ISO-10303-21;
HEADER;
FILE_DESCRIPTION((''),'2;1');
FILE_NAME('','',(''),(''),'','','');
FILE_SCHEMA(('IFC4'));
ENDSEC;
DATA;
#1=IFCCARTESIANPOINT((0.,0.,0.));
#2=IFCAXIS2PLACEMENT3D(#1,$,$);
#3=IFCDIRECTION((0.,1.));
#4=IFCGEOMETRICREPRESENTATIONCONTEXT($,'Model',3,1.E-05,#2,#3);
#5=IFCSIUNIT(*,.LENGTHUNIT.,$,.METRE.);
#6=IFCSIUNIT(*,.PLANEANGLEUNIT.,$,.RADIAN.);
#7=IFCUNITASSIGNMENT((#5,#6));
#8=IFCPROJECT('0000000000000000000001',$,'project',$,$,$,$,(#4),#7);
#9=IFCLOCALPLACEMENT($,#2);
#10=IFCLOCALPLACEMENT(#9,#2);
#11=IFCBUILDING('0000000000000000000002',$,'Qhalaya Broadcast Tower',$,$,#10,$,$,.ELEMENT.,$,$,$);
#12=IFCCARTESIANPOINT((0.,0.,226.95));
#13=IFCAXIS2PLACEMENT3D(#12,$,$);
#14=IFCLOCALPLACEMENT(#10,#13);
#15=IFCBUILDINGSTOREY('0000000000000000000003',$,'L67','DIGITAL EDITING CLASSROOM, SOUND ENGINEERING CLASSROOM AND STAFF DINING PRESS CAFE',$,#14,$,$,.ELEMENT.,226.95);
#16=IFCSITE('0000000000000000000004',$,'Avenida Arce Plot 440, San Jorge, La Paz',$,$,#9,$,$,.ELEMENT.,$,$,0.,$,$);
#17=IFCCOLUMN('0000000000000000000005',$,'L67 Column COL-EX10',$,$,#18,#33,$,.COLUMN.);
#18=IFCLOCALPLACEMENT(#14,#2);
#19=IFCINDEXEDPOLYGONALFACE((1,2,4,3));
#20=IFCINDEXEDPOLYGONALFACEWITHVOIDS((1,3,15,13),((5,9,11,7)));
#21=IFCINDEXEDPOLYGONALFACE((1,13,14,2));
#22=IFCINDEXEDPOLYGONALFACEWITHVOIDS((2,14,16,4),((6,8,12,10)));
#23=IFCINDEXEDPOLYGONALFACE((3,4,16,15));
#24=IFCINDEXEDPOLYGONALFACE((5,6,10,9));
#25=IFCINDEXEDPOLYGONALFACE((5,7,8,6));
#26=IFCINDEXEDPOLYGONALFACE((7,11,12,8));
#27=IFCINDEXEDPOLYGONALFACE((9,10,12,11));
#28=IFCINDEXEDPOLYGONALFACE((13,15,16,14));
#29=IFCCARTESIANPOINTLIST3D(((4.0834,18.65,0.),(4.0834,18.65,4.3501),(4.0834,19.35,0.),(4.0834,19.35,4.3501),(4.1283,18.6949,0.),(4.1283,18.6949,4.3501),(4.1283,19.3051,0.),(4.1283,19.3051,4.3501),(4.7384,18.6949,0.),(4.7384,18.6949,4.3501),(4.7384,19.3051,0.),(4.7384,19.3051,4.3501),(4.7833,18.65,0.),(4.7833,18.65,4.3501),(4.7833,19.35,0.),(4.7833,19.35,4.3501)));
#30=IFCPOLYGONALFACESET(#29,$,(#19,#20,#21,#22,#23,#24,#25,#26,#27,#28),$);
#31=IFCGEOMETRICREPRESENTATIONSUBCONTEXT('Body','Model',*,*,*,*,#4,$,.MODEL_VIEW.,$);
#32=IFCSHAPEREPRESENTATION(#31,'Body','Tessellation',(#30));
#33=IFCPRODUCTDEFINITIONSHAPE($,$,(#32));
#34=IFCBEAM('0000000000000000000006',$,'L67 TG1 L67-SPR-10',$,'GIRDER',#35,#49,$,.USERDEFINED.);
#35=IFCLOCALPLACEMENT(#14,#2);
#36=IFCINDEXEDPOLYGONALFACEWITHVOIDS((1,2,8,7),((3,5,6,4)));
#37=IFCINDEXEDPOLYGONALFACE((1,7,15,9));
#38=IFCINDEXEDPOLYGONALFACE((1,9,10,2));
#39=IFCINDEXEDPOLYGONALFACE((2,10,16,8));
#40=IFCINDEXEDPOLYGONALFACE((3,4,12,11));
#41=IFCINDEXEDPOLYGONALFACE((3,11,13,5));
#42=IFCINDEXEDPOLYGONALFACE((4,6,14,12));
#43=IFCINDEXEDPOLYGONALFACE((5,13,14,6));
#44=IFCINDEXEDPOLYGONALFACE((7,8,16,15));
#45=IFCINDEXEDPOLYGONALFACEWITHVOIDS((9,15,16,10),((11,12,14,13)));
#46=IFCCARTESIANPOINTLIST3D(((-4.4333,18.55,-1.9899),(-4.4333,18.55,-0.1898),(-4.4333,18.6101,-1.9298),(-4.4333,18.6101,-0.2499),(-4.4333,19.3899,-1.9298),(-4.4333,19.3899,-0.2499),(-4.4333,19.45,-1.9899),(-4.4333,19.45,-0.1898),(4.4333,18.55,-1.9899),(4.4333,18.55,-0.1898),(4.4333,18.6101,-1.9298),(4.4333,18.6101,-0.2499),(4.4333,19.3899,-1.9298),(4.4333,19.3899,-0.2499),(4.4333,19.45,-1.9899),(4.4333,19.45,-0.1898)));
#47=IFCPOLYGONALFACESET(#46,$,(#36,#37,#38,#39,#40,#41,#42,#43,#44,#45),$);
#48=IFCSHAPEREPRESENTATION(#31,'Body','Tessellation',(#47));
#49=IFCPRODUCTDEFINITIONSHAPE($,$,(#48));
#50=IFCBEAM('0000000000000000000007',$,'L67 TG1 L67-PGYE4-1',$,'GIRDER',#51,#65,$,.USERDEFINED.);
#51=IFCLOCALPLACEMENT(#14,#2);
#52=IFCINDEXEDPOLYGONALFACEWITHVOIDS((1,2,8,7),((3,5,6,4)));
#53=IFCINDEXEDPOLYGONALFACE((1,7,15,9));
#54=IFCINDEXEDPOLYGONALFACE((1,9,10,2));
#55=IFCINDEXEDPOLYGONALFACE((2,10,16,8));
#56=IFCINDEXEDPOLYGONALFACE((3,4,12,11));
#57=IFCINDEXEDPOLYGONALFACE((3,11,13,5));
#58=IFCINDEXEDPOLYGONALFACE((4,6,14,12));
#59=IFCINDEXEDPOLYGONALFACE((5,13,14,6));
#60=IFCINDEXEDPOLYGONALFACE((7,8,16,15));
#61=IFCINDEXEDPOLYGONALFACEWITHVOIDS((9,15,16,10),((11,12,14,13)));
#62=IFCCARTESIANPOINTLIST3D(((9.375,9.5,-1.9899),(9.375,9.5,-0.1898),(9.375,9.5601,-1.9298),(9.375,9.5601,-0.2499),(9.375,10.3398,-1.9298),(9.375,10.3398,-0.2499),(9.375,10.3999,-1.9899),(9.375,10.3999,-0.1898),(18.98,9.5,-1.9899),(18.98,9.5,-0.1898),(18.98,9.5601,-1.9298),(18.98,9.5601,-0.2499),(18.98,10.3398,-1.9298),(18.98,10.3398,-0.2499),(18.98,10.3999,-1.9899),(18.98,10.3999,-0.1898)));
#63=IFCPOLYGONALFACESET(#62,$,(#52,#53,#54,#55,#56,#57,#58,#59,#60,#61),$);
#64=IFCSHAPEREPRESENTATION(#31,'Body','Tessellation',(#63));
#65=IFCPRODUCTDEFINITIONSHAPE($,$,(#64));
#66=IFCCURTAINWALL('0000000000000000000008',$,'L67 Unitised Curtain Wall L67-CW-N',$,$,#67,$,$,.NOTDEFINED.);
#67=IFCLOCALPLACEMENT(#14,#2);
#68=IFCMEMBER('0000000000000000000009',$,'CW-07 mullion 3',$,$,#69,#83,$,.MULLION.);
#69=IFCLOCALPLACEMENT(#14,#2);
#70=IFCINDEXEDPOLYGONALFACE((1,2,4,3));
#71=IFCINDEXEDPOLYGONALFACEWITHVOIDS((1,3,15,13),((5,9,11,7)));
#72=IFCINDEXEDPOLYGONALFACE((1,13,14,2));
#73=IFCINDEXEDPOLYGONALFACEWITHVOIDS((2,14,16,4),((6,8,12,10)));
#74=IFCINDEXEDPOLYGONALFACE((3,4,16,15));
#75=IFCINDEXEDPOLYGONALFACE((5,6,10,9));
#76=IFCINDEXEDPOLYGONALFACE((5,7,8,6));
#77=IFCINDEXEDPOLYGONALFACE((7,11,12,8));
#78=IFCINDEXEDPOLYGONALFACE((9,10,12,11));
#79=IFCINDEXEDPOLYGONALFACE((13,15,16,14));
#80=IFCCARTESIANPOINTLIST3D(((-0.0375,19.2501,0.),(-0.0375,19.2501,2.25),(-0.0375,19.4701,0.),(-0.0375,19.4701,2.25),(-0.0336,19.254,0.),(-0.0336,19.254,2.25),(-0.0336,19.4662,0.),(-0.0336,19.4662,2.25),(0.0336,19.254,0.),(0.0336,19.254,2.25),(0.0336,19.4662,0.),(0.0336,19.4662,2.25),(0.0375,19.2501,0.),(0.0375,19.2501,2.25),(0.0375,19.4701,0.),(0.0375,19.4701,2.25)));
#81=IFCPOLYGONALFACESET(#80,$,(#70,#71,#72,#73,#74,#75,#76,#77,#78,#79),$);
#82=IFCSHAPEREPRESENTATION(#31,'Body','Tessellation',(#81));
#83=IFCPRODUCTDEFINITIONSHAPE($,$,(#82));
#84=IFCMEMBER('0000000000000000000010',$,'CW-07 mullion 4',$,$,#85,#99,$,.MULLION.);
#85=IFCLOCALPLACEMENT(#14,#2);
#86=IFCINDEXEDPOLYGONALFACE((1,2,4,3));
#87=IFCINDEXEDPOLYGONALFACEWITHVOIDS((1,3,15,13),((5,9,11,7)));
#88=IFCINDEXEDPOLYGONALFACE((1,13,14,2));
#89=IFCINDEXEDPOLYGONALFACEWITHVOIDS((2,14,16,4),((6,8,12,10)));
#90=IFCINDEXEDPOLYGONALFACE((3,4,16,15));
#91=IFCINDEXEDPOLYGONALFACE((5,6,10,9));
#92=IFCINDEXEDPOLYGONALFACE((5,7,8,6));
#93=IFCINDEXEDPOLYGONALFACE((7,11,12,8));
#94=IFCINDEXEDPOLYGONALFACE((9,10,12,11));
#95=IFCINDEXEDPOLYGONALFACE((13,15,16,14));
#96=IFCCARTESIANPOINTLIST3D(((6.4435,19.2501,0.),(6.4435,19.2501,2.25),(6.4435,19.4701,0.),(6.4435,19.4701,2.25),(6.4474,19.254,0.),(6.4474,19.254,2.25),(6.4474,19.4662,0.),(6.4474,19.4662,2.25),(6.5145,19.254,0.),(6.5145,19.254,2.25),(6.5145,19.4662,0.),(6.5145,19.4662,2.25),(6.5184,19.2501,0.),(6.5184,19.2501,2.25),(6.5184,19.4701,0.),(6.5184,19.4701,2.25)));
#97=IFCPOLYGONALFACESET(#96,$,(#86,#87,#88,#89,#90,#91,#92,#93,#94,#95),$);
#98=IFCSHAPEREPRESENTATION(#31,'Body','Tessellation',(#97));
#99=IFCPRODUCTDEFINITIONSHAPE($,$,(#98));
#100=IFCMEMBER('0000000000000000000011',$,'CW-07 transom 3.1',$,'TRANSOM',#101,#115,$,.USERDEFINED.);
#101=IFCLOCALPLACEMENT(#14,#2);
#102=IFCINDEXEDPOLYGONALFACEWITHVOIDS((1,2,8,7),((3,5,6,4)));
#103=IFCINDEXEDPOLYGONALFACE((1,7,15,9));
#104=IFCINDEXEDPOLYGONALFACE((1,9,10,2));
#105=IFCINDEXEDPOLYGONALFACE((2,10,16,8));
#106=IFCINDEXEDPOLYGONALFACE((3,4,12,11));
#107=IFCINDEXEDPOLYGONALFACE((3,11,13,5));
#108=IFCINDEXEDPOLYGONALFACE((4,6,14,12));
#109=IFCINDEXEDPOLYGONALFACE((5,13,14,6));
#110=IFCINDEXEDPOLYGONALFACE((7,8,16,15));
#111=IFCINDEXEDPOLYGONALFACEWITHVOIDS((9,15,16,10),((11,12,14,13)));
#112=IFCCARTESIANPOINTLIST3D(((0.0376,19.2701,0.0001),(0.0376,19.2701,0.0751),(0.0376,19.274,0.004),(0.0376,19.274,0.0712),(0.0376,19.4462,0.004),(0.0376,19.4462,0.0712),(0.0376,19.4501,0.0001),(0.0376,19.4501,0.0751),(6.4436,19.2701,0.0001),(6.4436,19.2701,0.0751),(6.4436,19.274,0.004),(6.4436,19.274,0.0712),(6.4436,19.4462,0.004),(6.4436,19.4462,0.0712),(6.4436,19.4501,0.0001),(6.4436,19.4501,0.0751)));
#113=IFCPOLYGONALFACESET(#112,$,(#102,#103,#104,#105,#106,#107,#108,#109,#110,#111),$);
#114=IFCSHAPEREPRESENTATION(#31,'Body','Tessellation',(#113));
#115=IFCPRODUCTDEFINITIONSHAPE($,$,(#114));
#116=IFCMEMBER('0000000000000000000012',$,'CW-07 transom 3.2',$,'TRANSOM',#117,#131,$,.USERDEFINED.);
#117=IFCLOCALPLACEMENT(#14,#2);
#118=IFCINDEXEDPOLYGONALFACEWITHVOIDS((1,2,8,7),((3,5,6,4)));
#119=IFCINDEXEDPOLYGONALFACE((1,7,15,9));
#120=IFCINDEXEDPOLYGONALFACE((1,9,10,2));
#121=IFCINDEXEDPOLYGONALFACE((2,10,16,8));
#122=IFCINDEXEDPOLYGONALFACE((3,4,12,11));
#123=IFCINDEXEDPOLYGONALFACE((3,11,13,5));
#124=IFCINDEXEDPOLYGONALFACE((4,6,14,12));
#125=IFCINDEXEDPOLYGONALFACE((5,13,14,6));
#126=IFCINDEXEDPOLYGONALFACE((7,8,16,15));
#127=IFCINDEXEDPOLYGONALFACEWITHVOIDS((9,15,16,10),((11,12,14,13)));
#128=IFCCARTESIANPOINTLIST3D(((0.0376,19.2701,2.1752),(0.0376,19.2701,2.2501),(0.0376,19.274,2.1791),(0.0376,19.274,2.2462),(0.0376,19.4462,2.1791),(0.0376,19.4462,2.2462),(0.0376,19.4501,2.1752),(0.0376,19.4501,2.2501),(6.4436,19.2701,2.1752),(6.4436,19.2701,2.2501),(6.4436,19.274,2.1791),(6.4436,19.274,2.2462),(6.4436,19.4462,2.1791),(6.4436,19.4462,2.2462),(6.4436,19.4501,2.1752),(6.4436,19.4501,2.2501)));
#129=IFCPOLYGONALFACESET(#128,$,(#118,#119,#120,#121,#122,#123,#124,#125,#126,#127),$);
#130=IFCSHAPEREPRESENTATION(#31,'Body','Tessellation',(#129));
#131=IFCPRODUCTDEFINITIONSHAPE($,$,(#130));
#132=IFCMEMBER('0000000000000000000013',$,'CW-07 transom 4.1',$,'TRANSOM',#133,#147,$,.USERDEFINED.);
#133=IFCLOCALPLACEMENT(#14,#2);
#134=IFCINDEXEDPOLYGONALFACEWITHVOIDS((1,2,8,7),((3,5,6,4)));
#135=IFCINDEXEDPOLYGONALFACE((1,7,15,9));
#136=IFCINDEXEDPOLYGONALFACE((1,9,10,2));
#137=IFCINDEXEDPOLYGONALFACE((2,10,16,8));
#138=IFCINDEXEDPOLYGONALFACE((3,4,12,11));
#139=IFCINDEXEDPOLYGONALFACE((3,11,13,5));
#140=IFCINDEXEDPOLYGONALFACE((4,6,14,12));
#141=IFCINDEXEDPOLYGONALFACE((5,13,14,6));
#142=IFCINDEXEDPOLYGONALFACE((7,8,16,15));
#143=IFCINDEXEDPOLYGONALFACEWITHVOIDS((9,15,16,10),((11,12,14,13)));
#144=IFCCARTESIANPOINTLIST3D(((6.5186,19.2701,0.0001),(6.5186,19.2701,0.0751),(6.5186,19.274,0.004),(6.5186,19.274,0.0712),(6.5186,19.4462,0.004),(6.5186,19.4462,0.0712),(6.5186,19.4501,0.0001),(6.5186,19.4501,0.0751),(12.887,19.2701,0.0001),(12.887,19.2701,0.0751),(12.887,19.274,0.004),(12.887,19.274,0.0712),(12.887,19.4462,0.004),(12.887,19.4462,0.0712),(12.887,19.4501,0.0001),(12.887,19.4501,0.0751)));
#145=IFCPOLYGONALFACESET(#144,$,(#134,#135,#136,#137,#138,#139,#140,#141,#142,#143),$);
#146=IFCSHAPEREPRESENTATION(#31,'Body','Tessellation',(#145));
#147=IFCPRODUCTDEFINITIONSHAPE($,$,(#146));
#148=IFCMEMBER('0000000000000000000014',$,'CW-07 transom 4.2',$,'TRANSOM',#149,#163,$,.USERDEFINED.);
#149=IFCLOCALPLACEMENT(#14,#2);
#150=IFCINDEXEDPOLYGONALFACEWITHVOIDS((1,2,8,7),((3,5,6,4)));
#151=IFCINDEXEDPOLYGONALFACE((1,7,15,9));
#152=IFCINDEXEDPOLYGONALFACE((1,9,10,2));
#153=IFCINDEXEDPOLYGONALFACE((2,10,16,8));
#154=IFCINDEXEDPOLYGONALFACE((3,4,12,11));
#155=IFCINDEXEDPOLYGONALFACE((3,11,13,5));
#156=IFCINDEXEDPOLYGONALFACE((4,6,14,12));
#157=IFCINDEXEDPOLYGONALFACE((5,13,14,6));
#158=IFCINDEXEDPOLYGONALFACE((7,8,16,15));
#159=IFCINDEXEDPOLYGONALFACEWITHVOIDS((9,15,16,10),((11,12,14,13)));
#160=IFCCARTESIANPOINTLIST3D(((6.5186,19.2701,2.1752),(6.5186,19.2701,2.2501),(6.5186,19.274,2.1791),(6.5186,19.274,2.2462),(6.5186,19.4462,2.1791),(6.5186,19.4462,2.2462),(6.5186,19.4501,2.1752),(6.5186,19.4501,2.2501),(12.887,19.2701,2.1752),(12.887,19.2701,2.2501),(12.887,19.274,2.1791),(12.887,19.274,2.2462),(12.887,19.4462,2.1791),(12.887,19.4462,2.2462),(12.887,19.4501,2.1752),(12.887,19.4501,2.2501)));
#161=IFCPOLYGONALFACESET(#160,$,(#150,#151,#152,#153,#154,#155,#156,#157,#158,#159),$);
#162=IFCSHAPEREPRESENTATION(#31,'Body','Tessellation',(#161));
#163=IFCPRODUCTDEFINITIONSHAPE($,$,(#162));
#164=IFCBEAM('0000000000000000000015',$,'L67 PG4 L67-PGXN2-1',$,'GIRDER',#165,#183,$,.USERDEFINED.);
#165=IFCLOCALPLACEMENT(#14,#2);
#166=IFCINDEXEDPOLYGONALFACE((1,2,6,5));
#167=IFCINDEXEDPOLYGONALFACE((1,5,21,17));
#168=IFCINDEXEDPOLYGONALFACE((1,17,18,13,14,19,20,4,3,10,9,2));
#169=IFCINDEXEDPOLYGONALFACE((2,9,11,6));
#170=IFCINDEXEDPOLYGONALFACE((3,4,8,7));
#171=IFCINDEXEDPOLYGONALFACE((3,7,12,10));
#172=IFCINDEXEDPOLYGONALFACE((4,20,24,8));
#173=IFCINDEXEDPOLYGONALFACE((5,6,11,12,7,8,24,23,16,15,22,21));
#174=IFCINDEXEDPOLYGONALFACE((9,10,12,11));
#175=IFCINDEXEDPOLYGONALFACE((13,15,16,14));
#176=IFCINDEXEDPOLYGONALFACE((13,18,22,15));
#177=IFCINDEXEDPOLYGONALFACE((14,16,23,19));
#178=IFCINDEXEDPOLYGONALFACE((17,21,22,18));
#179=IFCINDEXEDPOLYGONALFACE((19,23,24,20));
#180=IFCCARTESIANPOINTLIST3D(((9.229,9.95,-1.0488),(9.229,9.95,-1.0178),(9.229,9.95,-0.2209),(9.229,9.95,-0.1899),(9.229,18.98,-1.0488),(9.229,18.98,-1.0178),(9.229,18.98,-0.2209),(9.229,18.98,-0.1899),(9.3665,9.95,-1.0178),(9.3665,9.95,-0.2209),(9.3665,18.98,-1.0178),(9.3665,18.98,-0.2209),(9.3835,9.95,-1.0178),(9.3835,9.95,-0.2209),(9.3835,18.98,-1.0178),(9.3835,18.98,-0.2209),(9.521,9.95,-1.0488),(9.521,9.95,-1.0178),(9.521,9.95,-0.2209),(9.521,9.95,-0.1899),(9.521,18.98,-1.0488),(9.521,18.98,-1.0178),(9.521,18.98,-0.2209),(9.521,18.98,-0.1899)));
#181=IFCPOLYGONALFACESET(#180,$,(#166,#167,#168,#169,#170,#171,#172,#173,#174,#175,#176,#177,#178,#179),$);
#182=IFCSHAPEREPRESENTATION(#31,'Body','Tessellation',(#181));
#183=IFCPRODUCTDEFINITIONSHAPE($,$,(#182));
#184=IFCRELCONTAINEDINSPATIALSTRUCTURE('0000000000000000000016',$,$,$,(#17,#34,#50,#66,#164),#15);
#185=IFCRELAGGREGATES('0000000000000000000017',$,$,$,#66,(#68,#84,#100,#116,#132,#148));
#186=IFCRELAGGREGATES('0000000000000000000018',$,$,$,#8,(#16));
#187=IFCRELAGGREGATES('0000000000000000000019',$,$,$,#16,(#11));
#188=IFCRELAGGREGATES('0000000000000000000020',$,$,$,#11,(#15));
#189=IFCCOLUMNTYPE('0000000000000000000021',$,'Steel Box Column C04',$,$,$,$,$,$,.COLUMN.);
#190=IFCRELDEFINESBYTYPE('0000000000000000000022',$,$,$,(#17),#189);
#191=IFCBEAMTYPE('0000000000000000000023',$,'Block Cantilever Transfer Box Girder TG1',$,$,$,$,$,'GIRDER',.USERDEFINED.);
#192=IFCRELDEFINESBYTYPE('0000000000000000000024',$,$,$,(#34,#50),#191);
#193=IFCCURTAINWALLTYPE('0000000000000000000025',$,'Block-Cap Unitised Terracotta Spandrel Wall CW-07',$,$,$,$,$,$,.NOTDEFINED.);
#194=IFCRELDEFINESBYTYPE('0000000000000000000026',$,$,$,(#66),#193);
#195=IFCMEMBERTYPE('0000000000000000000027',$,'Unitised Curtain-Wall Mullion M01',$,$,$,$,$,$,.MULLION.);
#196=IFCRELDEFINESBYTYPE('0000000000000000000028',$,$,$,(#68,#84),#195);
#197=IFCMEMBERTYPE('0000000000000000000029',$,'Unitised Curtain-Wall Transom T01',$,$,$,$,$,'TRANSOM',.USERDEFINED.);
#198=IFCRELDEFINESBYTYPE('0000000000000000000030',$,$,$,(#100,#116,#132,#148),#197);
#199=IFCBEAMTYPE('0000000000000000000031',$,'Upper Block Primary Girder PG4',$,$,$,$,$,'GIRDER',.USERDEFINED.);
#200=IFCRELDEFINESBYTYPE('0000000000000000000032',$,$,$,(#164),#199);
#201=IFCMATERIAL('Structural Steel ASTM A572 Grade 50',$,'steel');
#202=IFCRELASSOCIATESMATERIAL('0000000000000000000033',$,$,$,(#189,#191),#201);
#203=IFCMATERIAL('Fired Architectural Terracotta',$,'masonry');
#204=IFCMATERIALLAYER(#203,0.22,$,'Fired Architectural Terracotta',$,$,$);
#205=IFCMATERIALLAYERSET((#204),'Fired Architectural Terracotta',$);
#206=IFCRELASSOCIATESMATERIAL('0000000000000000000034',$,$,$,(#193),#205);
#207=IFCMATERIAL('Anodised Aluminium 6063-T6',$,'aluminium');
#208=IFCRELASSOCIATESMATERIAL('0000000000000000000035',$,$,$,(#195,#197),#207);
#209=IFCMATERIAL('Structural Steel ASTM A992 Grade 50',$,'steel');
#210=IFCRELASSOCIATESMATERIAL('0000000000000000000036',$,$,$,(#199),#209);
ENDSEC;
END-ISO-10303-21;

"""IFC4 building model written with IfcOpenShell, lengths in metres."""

from ifc_helpers import new_model, si_unit, direction, frame, origin, origin_2d, place, context, subcontext, project, spatial, hollow_rectangle, i_section, extrude, material, layer, layer_set, material_profile, profile_set, type_object, element, aggregate, save


model = new_model("IFC4")

# Units and contexts
model_context = context("Model", 3, precision=1e-05, world=origin(), true_north=direction((0.0, 1.0)))
body_context = subcontext(model_context, "Body", "Model", "MODEL_VIEW")
ifc_project = project(units=[si_unit("LENGTHUNIT", "METRE"), si_unit("PLANEANGLEUNIT", "RADIAN")], contexts=[model_context])

# Site, building, storey
site_placement = place(None, origin())
site = spatial("IfcSite", under=ifc_project, at=site_placement, Name="Avenida Arce Plot 440, San Jorge, La Paz", CompositionType="ELEMENT", RefElevation=0.0)
building_placement = place(site_placement, origin())
building = spatial("IfcBuilding", under=site, at=building_placement, Name="Qhalaya Broadcast Tower", CompositionType="ELEMENT")
storey_placement = place(building_placement, frame((0.0, 0.0, 226.95)))
storey = spatial("IfcBuildingStorey", under=building, at=storey_placement, Name="L67", Description="DIGITAL EDITING CLASSROOM, SOUND ENGINEERING CLASSROOM AND STAFF DINING PRESS CAFE", CompositionType="ELEMENT", Elevation=226.95)

# Column
ifc_material_1 = material(Name="Structural Steel ASTM A572 Grade 50", Category="steel")
ifc_material_profile_1 = material_profile(ifc_material_1, hollow_rectangle(XDim=0.7, YDim=0.7, WallThickness=0.0449, at=origin_2d()), Name="BOX 700x700x45")
ifc_profile_set_1 = profile_set([ifc_material_profile_1], Name="Structural Steel ASTM A572 Grade 50")
column_type = type_object("IfcColumnType", Name="Steel Box Column C04", PredefinedType="COLUMN", material=ifc_profile_set_1)
column_placement = place(storey_placement, frame((4.4333, 19.0, 0.0), z_axis=(0.0, 0.0, 1.0), x_axis=(1.0, 0.0, 0.0)))
element("IfcColumn", 1, at=column_placement, inside=storey, type_object=column_type, Name="L67 Column COL-EX10", PredefinedType="COLUMN", context=body_context, shape_type="SweptSolid", body=[
    extrude(hollow_rectangle(XDim=0.7, YDim=0.7, WallThickness=0.0449, at=origin_2d()), origin(), (0.0, 0.0, 1.0), 4.3501),
])

# Beams
ifc_material_profile_2 = material_profile(ifc_material_1, hollow_rectangle(XDim=0.8999, YDim=1.8, WallThickness=0.0601, at=origin_2d()), Name="BOX 900x1800x60")
ifc_profile_set_2 = profile_set([ifc_material_profile_2], Name="Structural Steel ASTM A572 Grade 50")
beam_type_1 = type_object("IfcBeamType", Name="Block Cantilever Transfer Box Girder TG1", ElementType="GIRDER", PredefinedType="USERDEFINED", material=ifc_profile_set_2)
beam_1_placement = place(storey_placement, frame((4.4333, 19.0, -1.0898), z_axis=(-1.0, 0.0, 0.0), x_axis=(0.0, -1.0, 0.0)))
element("IfcBeam", 2, at=beam_1_placement, inside=storey, type_object=beam_type_1, Name="L67 TG1 L67-SPR-10", ObjectType="GIRDER", PredefinedType="USERDEFINED", context=body_context, shape_type="SweptSolid", body=[
    extrude(hollow_rectangle(XDim=0.8999, YDim=1.8, WallThickness=0.0601, at=origin_2d()), origin(), (0.0, 0.0, 1.0), 8.8667),
])
beam_2_placement = place(storey_placement, frame((9.375, 9.95, -1.0898), z_axis=(1.0, 0.0, 0.0), x_axis=(0.0, 1.0, 0.0)))
element("IfcBeam", 3, at=beam_2_placement, inside=storey, type_object=beam_type_1, Name="L67 TG1 L67-PGYE4-1", ObjectType="GIRDER", PredefinedType="USERDEFINED", context=body_context, shape_type="SweptSolid", body=[
    extrude(hollow_rectangle(XDim=0.8999, YDim=1.8, WallThickness=0.0601, at=origin_2d()), origin(), (0.0, 0.0, 1.0), 9.605),
])

# Curtain wall, members
ifc_material_2 = material(Name="Fired Architectural Terracotta", Category="masonry")
ifc_layer_1 = layer(ifc_material_2, 0.22, Name="Fired Architectural Terracotta")
ifc_layer_set_1 = layer_set([ifc_layer_1], Name="Fired Architectural Terracotta")
curtain_wall_type = type_object("IfcCurtainWallType", Name="Block-Cap Unitised Terracotta Spandrel Wall CW-07", PredefinedType="NOTDEFINED", material=ifc_layer_set_1)
curtain_wall_placement = place(storey_placement, origin())
curtain_wall = element("IfcCurtainWall", 4, at=curtain_wall_placement, inside=storey, type_object=curtain_wall_type, Name="L67 Unitised Curtain Wall L67-CW-N", PredefinedType="NOTDEFINED")
ifc_material_3 = material(Name="Anodised Aluminium 6063-T6", Category="aluminium")
ifc_material_profile_3 = material_profile(ifc_material_3, hollow_rectangle(XDim=0.075, YDim=0.22, WallThickness=0.0039, at=origin_2d()), Name="ALU-MUL 75x220x4")
ifc_profile_set_3 = profile_set([ifc_material_profile_3], Name="Anodised Aluminium 6063-T6")
member_type_1 = type_object("IfcMemberType", Name="Unitised Curtain-Wall Mullion M01", PredefinedType="MULLION", material=ifc_profile_set_3)
member_1_placement = place(storey_placement, frame((0.0, 19.3601, 0.0), z_axis=(0.0, 0.0, 1.0), x_axis=(1.0, 0.0, 0.0)))
member_1 = element("IfcMember", 5, at=member_1_placement, type_object=member_type_1, Name="CW-07 mullion 3", PredefinedType="MULLION", context=body_context, shape_type="SweptSolid", body=[
    extrude(hollow_rectangle(XDim=0.075, YDim=0.22, WallThickness=0.0039, at=origin_2d()), origin(), (0.0, 0.0, 1.0), 2.25),
])
member_2_placement = place(storey_placement, frame((6.481, 19.3601, 0.0), z_axis=(0.0, 0.0, 1.0), x_axis=(1.0, 0.0, 0.0)))
member_2 = element("IfcMember", 6, at=member_2_placement, type_object=member_type_1, Name="CW-07 mullion 4", PredefinedType="MULLION", context=body_context, shape_type="SweptSolid", body=[
    extrude(hollow_rectangle(XDim=0.075, YDim=0.22, WallThickness=0.0039, at=origin_2d()), origin(), (0.0, 0.0, 1.0), 2.25),
])
ifc_material_profile_4 = material_profile(ifc_material_3, hollow_rectangle(XDim=0.075, YDim=0.1799, WallThickness=0.0039, at=origin_2d()), Name="ALU-TRN 75x180x4")
ifc_profile_set_4 = profile_set([ifc_material_profile_4], Name="Anodised Aluminium 6063-T6")
member_type_2 = type_object("IfcMemberType", Name="Unitised Curtain-Wall Transom T01", ElementType="TRANSOM", PredefinedType="USERDEFINED", material=ifc_profile_set_4)
member_3_placement = place(storey_placement, frame((0.0376, 19.3601, 0.0376), z_axis=(1.0, 0.0, 0.0), x_axis=(0.0, 0.0, 1.0)))
member_3 = element("IfcMember", 7, at=member_3_placement, type_object=member_type_2, Name="CW-07 transom 3.1", ObjectType="TRANSOM", PredefinedType="USERDEFINED", context=body_context, shape_type="SweptSolid", body=[
    extrude(hollow_rectangle(XDim=0.075, YDim=0.1799, WallThickness=0.0039, at=origin_2d()), origin(), (0.0, 0.0, 1.0), 6.406),
])
member_4_placement = place(storey_placement, frame((0.0376, 19.3601, 2.2126), z_axis=(1.0, 0.0, 0.0), x_axis=(0.0, 0.0, 1.0)))
member_4 = element("IfcMember", 8, at=member_4_placement, type_object=member_type_2, Name="CW-07 transom 3.2", ObjectType="TRANSOM", PredefinedType="USERDEFINED", context=body_context, shape_type="SweptSolid", body=[
    extrude(hollow_rectangle(XDim=0.075, YDim=0.1799, WallThickness=0.0039, at=origin_2d()), origin(), (0.0, 0.0, 1.0), 6.406),
])
member_5_placement = place(storey_placement, frame((6.5186, 19.3601, 0.0376), z_axis=(1.0, 0.0, 0.0), x_axis=(0.0, 0.0, 1.0)))
member_5 = element("IfcMember", 9, at=member_5_placement, type_object=member_type_2, Name="CW-07 transom 4.1", ObjectType="TRANSOM", PredefinedType="USERDEFINED", context=body_context, shape_type="SweptSolid", body=[
    extrude(hollow_rectangle(XDim=0.075, YDim=0.1799, WallThickness=0.0039, at=origin_2d()), origin(), (0.0, 0.0, 1.0), 6.3684),
])
member_6_placement = place(storey_placement, frame((6.5186, 19.3601, 2.2126), z_axis=(1.0, 0.0, 0.0), x_axis=(0.0, 0.0, 1.0)))
member_6 = element("IfcMember", 10, at=member_6_placement, type_object=member_type_2, Name="CW-07 transom 4.2", ObjectType="TRANSOM", PredefinedType="USERDEFINED", context=body_context, shape_type="SweptSolid", body=[
    extrude(hollow_rectangle(XDim=0.075, YDim=0.1799, WallThickness=0.0039, at=origin_2d()), origin(), (0.0, 0.0, 1.0), 6.3684),
])

# Beam
ifc_material_4 = material(Name="Structural Steel ASTM A992 Grade 50", Category="steel")
ifc_material_profile_5 = material_profile(ifc_material_4, i_section(OverallWidth=0.292, OverallDepth=0.8589, WebThickness=0.0171, FlangeThickness=0.031, at=origin_2d()), Name="W33X169")
ifc_profile_set_5 = profile_set([ifc_material_profile_5], Name="Structural Steel ASTM A992 Grade 50")
beam_type_2 = type_object("IfcBeamType", Name="Upper Block Primary Girder PG4", ElementType="GIRDER", PredefinedType="USERDEFINED", material=ifc_profile_set_5)
beam_3_placement = place(storey_placement, frame((9.375, 9.95, -0.6194), z_axis=(0.0, 1.0, 0.0), x_axis=(-1.0, 0.0, 0.0)))
element("IfcBeam", 11, at=beam_3_placement, inside=storey, type_object=beam_type_2, Name="L67 PG4 L67-PGXN2-1", ObjectType="GIRDER", PredefinedType="USERDEFINED", context=body_context, shape_type="SweptSolid", body=[
    extrude(i_section(OverallWidth=0.292, OverallDepth=0.8589, WebThickness=0.0171, FlangeThickness=0.031, at=origin_2d()), origin(), (0.0, 0.0, 1.0), 9.03),
])

aggregate(curtain_wall, [member_1, member_2, member_3, member_4, member_5, member_6])

save(model, "model.ifc")
